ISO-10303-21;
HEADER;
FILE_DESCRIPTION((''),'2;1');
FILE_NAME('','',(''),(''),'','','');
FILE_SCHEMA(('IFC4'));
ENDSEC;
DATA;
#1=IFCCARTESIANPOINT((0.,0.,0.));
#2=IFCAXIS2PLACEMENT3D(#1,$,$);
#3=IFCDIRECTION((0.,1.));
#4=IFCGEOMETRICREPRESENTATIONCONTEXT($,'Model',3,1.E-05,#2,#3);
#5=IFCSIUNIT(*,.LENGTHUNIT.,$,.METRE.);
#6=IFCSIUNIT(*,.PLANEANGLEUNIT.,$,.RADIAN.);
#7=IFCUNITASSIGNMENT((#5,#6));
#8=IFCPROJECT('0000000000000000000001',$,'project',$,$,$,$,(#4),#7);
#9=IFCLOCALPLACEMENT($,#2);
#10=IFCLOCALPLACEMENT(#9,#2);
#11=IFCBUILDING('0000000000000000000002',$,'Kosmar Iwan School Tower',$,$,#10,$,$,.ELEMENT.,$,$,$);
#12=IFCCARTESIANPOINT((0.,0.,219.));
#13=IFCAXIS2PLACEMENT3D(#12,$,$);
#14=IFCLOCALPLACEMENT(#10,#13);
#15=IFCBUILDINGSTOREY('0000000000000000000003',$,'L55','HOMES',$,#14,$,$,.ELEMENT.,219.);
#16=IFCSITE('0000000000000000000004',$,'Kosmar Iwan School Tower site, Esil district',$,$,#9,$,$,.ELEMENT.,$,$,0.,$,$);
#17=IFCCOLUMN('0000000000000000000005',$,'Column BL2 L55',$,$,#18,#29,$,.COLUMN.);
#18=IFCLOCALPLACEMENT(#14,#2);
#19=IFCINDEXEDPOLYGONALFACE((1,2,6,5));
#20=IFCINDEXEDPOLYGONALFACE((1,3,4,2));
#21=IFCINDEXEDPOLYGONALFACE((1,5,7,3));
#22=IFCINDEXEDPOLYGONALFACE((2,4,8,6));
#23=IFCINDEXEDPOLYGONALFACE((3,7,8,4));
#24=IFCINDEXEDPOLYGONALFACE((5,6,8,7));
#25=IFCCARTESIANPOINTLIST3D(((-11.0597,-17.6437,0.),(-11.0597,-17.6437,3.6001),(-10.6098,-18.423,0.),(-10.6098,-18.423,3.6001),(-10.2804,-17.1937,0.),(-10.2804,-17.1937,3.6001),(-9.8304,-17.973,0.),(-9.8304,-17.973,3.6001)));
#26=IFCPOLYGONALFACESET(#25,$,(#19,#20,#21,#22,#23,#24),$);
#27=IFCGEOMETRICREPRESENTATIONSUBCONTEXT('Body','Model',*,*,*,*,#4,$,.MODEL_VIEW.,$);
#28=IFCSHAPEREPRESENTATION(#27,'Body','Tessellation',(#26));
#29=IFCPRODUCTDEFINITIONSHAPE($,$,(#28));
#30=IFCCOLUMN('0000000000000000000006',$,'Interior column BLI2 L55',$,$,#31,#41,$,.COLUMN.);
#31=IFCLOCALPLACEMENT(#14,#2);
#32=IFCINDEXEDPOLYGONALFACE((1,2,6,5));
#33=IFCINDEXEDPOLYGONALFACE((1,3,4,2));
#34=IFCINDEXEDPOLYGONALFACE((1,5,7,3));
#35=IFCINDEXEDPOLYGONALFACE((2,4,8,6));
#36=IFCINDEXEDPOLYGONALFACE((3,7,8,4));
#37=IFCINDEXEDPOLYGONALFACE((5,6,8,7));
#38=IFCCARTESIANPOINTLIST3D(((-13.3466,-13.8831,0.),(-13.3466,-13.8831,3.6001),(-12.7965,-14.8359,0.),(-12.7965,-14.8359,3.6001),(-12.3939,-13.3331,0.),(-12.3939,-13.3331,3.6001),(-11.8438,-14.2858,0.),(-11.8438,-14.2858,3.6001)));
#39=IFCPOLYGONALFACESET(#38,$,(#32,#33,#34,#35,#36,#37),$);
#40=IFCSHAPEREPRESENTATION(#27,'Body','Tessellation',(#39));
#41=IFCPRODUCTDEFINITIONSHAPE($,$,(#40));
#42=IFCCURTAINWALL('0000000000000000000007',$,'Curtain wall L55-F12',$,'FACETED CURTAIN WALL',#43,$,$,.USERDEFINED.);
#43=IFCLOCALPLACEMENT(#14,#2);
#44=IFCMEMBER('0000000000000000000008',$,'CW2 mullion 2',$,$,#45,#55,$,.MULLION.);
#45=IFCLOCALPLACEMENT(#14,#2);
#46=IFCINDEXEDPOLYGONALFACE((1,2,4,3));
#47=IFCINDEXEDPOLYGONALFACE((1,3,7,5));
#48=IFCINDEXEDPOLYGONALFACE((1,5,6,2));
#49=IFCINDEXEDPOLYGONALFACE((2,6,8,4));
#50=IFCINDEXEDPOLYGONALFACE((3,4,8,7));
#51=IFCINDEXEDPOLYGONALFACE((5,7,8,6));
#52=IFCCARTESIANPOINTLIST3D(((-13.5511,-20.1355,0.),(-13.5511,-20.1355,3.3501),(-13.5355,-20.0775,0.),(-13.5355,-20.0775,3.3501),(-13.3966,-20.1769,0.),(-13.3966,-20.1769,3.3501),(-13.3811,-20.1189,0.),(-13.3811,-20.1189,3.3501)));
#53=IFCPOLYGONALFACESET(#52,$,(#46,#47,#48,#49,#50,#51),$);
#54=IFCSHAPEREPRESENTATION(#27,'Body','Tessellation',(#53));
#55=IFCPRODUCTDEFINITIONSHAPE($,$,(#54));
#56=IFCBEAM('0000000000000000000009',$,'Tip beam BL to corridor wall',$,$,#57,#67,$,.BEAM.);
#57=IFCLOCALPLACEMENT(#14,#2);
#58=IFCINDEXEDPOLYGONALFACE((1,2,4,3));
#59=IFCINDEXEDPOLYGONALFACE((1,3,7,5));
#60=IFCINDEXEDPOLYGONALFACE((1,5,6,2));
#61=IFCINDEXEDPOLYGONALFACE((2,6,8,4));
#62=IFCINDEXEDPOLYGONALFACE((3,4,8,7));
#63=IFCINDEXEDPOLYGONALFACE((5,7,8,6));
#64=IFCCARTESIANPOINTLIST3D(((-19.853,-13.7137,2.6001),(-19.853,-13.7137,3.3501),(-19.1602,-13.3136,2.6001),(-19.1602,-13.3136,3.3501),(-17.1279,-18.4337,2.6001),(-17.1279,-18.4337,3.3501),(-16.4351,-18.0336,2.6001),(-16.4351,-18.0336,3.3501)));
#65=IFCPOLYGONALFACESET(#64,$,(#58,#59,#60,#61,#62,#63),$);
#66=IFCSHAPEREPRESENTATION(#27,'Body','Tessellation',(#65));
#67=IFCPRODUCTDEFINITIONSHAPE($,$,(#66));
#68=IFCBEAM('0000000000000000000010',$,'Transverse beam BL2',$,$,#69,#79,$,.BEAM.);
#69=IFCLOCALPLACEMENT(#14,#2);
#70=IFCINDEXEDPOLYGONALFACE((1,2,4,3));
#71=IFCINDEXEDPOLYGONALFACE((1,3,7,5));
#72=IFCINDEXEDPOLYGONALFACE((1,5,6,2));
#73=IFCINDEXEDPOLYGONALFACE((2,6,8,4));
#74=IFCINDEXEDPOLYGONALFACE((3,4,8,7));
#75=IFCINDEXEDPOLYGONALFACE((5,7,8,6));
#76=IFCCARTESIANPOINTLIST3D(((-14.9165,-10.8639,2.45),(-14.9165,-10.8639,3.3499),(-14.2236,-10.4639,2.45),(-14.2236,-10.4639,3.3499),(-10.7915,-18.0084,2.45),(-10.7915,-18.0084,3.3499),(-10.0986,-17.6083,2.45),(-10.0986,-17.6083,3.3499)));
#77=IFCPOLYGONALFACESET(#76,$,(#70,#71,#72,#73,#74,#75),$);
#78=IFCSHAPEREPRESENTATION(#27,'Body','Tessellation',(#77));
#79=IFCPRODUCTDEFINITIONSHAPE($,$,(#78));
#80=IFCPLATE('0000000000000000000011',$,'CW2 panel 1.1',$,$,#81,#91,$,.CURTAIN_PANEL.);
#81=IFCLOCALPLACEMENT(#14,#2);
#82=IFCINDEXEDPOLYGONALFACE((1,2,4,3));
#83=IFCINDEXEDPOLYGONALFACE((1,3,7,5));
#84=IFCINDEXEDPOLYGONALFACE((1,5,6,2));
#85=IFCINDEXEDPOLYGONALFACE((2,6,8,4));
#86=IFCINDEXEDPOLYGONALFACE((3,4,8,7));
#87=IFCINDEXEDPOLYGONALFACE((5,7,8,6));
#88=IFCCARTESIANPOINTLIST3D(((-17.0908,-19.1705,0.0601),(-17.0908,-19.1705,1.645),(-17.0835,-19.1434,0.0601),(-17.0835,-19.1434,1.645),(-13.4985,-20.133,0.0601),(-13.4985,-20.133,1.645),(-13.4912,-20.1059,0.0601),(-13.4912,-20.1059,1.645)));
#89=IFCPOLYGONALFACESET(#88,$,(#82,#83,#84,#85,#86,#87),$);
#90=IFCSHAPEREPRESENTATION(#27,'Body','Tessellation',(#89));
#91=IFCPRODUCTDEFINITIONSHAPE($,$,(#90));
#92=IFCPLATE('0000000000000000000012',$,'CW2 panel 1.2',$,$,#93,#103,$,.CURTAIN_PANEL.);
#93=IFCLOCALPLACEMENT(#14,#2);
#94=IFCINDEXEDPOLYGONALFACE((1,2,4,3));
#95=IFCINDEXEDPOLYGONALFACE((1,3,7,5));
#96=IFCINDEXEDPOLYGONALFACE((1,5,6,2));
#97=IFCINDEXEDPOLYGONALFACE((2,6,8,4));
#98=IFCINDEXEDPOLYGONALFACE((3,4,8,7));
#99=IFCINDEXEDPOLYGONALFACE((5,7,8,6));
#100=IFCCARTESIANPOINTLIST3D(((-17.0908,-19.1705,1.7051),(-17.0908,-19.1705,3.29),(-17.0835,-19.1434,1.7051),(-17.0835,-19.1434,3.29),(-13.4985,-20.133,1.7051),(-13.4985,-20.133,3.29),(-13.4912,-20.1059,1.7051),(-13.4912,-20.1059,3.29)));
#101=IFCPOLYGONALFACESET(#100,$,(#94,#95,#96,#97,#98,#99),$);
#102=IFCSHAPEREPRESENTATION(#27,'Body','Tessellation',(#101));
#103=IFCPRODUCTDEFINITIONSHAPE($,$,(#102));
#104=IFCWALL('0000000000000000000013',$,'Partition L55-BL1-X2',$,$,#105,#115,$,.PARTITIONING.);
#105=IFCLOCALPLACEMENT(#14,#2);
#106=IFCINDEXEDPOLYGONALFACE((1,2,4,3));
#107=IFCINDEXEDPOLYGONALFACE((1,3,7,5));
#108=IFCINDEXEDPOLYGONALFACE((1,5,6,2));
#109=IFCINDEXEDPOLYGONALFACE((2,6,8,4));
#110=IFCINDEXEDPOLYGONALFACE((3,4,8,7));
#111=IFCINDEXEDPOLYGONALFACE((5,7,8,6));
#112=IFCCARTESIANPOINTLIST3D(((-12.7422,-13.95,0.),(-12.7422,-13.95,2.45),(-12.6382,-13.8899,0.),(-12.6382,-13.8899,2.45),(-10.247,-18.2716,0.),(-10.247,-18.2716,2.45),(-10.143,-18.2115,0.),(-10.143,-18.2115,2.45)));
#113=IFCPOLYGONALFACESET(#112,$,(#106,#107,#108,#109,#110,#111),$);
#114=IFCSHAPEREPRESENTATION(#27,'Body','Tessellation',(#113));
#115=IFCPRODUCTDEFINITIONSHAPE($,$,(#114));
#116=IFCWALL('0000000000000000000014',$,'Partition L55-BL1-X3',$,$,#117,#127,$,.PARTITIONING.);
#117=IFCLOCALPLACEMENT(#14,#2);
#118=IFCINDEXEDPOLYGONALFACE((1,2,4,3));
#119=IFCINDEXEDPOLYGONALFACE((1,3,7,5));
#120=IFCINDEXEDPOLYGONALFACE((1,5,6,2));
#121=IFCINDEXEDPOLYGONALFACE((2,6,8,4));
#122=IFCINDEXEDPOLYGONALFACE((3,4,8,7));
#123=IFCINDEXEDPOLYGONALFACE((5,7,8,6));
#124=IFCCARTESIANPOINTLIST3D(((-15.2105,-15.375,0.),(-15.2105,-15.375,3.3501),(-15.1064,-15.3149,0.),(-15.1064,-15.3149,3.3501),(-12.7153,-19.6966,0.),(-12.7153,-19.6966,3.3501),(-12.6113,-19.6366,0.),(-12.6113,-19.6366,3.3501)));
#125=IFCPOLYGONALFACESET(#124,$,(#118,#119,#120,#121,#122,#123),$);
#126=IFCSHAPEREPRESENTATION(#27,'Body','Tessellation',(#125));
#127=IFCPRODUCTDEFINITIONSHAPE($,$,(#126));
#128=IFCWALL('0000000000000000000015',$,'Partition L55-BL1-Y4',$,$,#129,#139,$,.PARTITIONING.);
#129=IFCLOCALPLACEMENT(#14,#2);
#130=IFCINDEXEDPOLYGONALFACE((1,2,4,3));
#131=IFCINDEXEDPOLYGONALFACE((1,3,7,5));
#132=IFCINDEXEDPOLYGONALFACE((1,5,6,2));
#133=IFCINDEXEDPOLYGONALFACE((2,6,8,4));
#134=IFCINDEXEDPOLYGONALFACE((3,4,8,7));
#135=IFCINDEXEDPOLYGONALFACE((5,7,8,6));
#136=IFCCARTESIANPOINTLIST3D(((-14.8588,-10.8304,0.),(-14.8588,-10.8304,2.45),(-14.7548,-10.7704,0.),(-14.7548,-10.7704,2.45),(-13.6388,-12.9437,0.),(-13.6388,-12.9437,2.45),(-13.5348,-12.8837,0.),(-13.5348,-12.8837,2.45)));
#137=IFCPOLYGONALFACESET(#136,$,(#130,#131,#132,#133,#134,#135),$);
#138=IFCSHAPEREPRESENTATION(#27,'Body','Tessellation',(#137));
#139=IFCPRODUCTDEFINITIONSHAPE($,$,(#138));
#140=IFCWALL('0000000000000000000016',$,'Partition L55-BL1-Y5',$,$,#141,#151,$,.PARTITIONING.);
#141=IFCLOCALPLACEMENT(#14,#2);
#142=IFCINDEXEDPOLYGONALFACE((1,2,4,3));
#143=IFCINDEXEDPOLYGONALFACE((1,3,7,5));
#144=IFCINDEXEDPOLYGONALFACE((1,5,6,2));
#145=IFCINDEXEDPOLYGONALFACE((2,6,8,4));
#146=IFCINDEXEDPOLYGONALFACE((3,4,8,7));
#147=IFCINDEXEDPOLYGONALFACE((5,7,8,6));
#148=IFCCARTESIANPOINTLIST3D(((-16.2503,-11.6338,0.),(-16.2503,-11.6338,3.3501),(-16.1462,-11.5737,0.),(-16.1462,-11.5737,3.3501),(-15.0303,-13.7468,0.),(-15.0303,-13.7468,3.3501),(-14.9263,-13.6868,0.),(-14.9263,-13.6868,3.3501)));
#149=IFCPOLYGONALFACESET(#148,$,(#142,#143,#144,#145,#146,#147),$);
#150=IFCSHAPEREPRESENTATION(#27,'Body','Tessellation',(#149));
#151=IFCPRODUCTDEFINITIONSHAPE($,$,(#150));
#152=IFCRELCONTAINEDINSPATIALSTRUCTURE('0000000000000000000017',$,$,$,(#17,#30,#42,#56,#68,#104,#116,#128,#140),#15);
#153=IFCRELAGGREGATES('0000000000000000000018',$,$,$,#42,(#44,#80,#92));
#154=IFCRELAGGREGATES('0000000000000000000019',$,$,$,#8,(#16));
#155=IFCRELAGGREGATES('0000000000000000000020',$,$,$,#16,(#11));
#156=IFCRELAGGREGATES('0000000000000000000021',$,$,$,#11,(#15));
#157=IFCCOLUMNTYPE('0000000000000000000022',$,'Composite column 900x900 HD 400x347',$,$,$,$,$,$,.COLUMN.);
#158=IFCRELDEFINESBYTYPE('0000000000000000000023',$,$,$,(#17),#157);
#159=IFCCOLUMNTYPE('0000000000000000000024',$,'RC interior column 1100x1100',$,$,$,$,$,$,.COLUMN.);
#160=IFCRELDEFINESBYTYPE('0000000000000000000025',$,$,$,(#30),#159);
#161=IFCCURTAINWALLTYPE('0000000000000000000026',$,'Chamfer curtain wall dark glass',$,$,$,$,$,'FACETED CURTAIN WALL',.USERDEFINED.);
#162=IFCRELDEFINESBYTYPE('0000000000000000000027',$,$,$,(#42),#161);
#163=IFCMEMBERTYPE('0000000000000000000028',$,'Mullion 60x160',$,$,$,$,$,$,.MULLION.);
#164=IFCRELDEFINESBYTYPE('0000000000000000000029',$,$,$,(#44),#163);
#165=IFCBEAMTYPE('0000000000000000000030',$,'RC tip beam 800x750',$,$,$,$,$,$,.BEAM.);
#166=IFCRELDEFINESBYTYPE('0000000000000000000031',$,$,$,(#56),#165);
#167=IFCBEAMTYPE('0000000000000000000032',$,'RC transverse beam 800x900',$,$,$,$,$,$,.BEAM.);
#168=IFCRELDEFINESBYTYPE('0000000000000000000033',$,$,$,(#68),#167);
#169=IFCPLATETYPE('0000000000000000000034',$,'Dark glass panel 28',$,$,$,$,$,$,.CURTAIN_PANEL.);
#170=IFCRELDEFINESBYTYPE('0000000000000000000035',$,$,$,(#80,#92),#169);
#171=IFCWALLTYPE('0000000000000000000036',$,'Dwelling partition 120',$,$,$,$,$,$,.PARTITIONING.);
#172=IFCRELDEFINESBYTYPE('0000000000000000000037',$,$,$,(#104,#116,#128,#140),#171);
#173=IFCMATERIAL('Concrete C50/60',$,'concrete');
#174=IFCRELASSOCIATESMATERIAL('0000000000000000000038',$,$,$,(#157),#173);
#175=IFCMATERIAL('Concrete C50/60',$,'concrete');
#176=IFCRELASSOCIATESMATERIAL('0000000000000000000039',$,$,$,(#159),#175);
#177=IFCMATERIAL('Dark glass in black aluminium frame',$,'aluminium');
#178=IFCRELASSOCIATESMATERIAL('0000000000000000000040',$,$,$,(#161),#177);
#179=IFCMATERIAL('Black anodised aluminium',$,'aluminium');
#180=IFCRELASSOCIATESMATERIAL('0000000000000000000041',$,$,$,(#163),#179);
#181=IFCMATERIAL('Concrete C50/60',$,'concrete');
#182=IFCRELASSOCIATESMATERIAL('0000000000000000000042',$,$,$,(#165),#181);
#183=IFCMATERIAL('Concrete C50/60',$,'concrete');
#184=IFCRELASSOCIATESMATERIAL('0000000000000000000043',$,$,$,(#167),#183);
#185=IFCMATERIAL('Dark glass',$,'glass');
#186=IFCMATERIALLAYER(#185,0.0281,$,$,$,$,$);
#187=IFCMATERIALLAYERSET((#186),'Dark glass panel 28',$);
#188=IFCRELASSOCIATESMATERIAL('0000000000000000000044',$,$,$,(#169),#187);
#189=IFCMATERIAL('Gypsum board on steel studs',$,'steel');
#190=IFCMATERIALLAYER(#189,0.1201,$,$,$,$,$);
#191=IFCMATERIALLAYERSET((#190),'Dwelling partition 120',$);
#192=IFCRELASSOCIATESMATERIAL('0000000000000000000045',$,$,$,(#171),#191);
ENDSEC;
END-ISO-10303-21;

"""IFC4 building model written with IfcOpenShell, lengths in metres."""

from ifc_helpers import new_model, si_unit, direction, frame, frame_2d, origin, origin_2d, place, context, subcontext, project, spatial, rectangle, extrude, material, layer, layer_set, material_profile, profile_set, type_object, element, aggregate, save


model = new_model("IFC4")

# Units and contexts
model_context = context("Model", 3, precision=1e-05, world=origin(), true_north=direction((0.0, 1.0)))
body_context = subcontext(model_context, "Body", "Model", "MODEL_VIEW")
ifc_project = project(units=[si_unit("LENGTHUNIT", "METRE"), si_unit("PLANEANGLEUNIT", "RADIAN")], contexts=[model_context])

# Site, building, storey
site_placement = place(None, origin())
site = spatial("IfcSite", under=ifc_project, at=site_placement, Name="Kosmar Iwan School Tower site, Esil district", CompositionType="ELEMENT", RefElevation=0.0)
building_placement = place(site_placement, origin())
building = spatial("IfcBuilding", under=site, at=building_placement, Name="Kosmar Iwan School Tower", CompositionType="ELEMENT")
storey_placement = place(building_placement, frame((0.0, 0.0, 219.0)))
storey = spatial("IfcBuildingStorey", under=building, at=storey_placement, Name="L55", Description="HOMES", CompositionType="ELEMENT", Elevation=219.0)

# Columns
ifc_material_1 = material(Name="Concrete C50/60", Category="concrete")
ifc_material_profile_1 = material_profile(ifc_material_1, rectangle(XDim=0.8999, YDim=0.8999, at=origin_2d()), Name="RC 900x900 + HD 400x347")
ifc_profile_set_1 = profile_set([ifc_material_profile_1], Name="Concrete C50/60")
column_type_1 = type_object("IfcColumnType", Name="Composite column 900x900 HD 400x347", PredefinedType="COLUMN", material=ifc_profile_set_1)
column_1_placement = place(storey_placement, frame((-10.4451, -17.8083, 0.0), z_axis=(0.0, 0.0, 1.0), x_axis=(-0.866025, -0.5, 0.0)))
element("IfcColumn", 1, at=column_1_placement, inside=storey, type_object=column_type_1, Name="Column BL2 L55", PredefinedType="COLUMN", context=body_context, shape_type="SweptSolid", body=[
    extrude(rectangle(XDim=0.8999, YDim=0.8999, at=origin_2d()), origin(), (0.0, 0.0, 1.0), 3.6001),
])
ifc_material_2 = material(Name="Concrete C50/60", Category="concrete")
ifc_material_profile_2 = material_profile(ifc_material_2, rectangle(XDim=1.1001, YDim=1.1001, at=origin_2d()), Name="RC 1100x1100")
ifc_profile_set_2 = profile_set([ifc_material_profile_2], Name="Concrete C50/60")
column_type_2 = type_object("IfcColumnType", Name="RC interior column 1100x1100", PredefinedType="COLUMN", material=ifc_profile_set_2)
column_2_placement = place(storey_placement, frame((-12.5952, -14.0845, 0.0), z_axis=(0.0, 0.0, 1.0), x_axis=(-0.866025, -0.5, 0.0)))
element("IfcColumn", 2, at=column_2_placement, inside=storey, type_object=column_type_2, Name="Interior column BLI2 L55", PredefinedType="COLUMN", context=body_context, shape_type="SweptSolid", body=[
    extrude(rectangle(XDim=1.1001, YDim=1.1001, at=origin_2d()), origin(), (0.0, 0.0, 1.0), 3.6001),
])

# Curtain wall, member
ifc_material_3 = material(Name="Dark glass in black aluminium frame", Category="aluminium")
curtain_wall_type = type_object("IfcCurtainWallType", Name="Chamfer curtain wall dark glass", ElementType="FACETED CURTAIN WALL", PredefinedType="USERDEFINED", material=ifc_material_3)
curtain_wall_placement = place(storey_placement, origin())
curtain_wall = element("IfcCurtainWall", 3, at=curtain_wall_placement, inside=storey, type_object=curtain_wall_type, Name="Curtain wall L55-F12", ObjectType="FACETED CURTAIN WALL", PredefinedType="USERDEFINED")
ifc_material_4 = material(Name="Black anodised aluminium", Category="aluminium")
ifc_material_profile_3 = material_profile(ifc_material_4, rectangle(XDim=0.0601, YDim=0.1599, at=origin_2d()), Name="MULLION 60x160")
ifc_profile_set_3 = profile_set([ifc_material_profile_3], Name="Black anodised aluminium")
member_type = type_object("IfcMemberType", Name="Mullion 60x160", PredefinedType="MULLION", material=ifc_profile_set_3)
member_placement = place(storey_placement, frame((-13.4661, -20.1272, 0.0), z_axis=(0.0, 0.0, 1.0), x_axis=(0.258819, 0.965926, 0.0)))
member = element("IfcMember", 4, at=member_placement, type_object=member_type, Name="CW2 mullion 2", PredefinedType="MULLION", context=body_context, shape_type="SweptSolid", body=[
    extrude(rectangle(XDim=0.0601, YDim=0.1599, at=origin_2d()), origin(), (0.0, 0.0, 1.0), 3.3501),
])

# Beams
ifc_material_5 = material(Name="Concrete C50/60", Category="concrete")
ifc_material_profile_4 = material_profile(ifc_material_5, rectangle(XDim=0.8, YDim=0.75, at=origin_2d()), Name="RC 800x750")
ifc_profile_set_4 = profile_set([ifc_material_profile_4], Name="Concrete C50/60")
beam_type_1 = type_object("IfcBeamType", Name="RC tip beam 800x750", PredefinedType="BEAM", material=ifc_profile_set_4)
beam_1_placement = place(storey_placement, frame((-16.7815, -18.2336, 2.9751), z_axis=(-0.500003, 0.866024, 0.0), x_axis=(-0.866024, -0.500003, 0.0)))
element("IfcBeam", 5, at=beam_1_placement, inside=storey, type_object=beam_type_1, Name="Tip beam BL to corridor wall", PredefinedType="BEAM", context=body_context, shape_type="SweptSolid", body=[
    extrude(rectangle(XDim=0.8, YDim=0.75, at=origin_2d()), origin(), (0.0, 0.0, 1.0), 5.4502),
])
ifc_material_6 = material(Name="Concrete C50/60", Category="concrete")
ifc_material_profile_5 = material_profile(ifc_material_6, rectangle(XDim=0.8, YDim=0.8999, at=origin_2d()), Name="RC 800x900")
ifc_profile_set_5 = profile_set([ifc_material_profile_5], Name="Concrete C50/60")
beam_type_2 = type_object("IfcBeamType", Name="RC transverse beam 800x900", PredefinedType="BEAM", material=ifc_profile_set_5)
beam_2_placement = place(storey_placement, frame((-10.4451, -17.8083, 2.8999), z_axis=(-0.500009, 0.86602, 0.0), x_axis=(-0.86602, -0.500009, 0.0)))
element("IfcBeam", 6, at=beam_2_placement, inside=storey, type_object=beam_type_2, Name="Transverse beam BL2", PredefinedType="BEAM", context=body_context, shape_type="SweptSolid", body=[
    extrude(rectangle(XDim=0.8, YDim=0.8999, at=origin_2d()), origin(), (0.0, 0.0, 1.0), 8.2498),
])

# Plates
ifc_material_7 = material(Name="Dark glass", Category="glass")
ifc_layer_1 = layer(ifc_material_7, 0.0281)
ifc_layer_set_1 = layer_set([ifc_layer_1], Name="Dark glass panel 28")
plate_type = type_object("IfcPlateType", Name="Dark glass panel 28", PredefinedType="CURTAIN_PANEL", material=ifc_layer_set_1)
plate_1_placement = place(storey_placement, frame((-15.291, -19.6382, 0.0601), z_axis=(0.0, 0.0, 1.0), x_axis=(0.965926, -0.258819, 0.0)))
plate_1 = element("IfcPlate", 7, at=plate_1_placement, type_object=plate_type, Name="CW2 panel 1.1", PredefinedType="CURTAIN_PANEL", context=body_context, shape_type="SweptSolid", body=[
    extrude(rectangle(XDim=3.719, YDim=0.0281, at=origin_2d()), origin(), (0.0, 0.0, 1.0), 1.585),
])
plate_2_placement = place(storey_placement, frame((-15.291, -19.6382, 1.7051), z_axis=(0.0, 0.0, 1.0), x_axis=(0.965926, -0.258819, 0.0)))
plate_2 = element("IfcPlate", 8, at=plate_2_placement, type_object=plate_type, Name="CW2 panel 1.2", PredefinedType="CURTAIN_PANEL", context=body_context, shape_type="SweptSolid", body=[
    extrude(rectangle(XDim=3.719, YDim=0.0281, at=origin_2d()), origin(), (0.0, 0.0, 1.0), 1.585),
])
aggregate(curtain_wall, [member, plate_1, plate_2])

# Walls
ifc_material_8 = material(Name="Gypsum board on steel studs", Category="steel")
ifc_layer_2 = layer(ifc_material_8, 0.1201)
ifc_layer_set_2 = layer_set([ifc_layer_2], Name="Dwelling partition 120")
wall_type = type_object("IfcWallType", Name="Dwelling partition 120", PredefinedType="PARTITIONING", material=ifc_layer_set_2)
wall_1_placement = place(storey_placement, frame((-12.6902, -13.9199, 0.0), z_axis=(0.0, 0.0, 1.0), x_axis=(0.500012, -0.866019, 0.0)))
element("IfcWall", 9, at=wall_1_placement, inside=storey, type_object=wall_type, Name="Partition L55-BL1-X2", PredefinedType="PARTITIONING", context=body_context, shape_type="SweptSolid", body=[
    extrude(rectangle(XDim=4.9902, YDim=0.1201, at=frame_2d((2.4951, 0.0))), origin(), (0.0, 0.0, 1.0), 2.45),
])
wall_2_placement = place(storey_placement, frame((-15.1584, -15.345, 0.0), z_axis=(0.0, 0.0, 1.0), x_axis=(0.500012, -0.866019, 0.0)))
element("IfcWall", 10, at=wall_2_placement, inside=storey, type_object=wall_type, Name="Partition L55-BL1-X3", PredefinedType="PARTITIONING", context=body_context, shape_type="SweptSolid", body=[
    extrude(rectangle(XDim=4.9902, YDim=0.1201, at=frame_2d((2.4951, 0.0))), origin(), (0.0, 0.0, 1.0), 3.3501),
])
wall_3_placement = place(storey_placement, frame((-14.8069, -10.8003, 0.0), z_axis=(0.0, 0.0, 1.0), x_axis=(0.499959, -0.866049, 0.0)))
element("IfcWall", 11, at=wall_3_placement, inside=storey, type_object=wall_type, Name="Partition L55-BL1-Y4", PredefinedType="PARTITIONING", context=body_context, shape_type="SweptSolid", body=[
    extrude(rectangle(XDim=2.4402, YDim=0.1201, at=frame_2d((1.2202, 0.0))), origin(), (0.0, 0.0, 1.0), 2.45),
])
wall_4_placement = place(storey_placement, frame((-16.1982, -11.6038, 0.0), z_axis=(0.0, 0.0, 1.0), x_axis=(0.500003, -0.866024, 0.0)))
element("IfcWall", 12, at=wall_4_placement, inside=storey, type_object=wall_type, Name="Partition L55-BL1-Y5", PredefinedType="PARTITIONING", context=body_context, shape_type="SweptSolid", body=[
    extrude(rectangle(XDim=2.4399, YDim=0.1201, at=frame_2d((1.22, 0.0))), origin(), (0.0, 0.0, 1.0), 3.3501),
])

save(model, "model.ifc")
